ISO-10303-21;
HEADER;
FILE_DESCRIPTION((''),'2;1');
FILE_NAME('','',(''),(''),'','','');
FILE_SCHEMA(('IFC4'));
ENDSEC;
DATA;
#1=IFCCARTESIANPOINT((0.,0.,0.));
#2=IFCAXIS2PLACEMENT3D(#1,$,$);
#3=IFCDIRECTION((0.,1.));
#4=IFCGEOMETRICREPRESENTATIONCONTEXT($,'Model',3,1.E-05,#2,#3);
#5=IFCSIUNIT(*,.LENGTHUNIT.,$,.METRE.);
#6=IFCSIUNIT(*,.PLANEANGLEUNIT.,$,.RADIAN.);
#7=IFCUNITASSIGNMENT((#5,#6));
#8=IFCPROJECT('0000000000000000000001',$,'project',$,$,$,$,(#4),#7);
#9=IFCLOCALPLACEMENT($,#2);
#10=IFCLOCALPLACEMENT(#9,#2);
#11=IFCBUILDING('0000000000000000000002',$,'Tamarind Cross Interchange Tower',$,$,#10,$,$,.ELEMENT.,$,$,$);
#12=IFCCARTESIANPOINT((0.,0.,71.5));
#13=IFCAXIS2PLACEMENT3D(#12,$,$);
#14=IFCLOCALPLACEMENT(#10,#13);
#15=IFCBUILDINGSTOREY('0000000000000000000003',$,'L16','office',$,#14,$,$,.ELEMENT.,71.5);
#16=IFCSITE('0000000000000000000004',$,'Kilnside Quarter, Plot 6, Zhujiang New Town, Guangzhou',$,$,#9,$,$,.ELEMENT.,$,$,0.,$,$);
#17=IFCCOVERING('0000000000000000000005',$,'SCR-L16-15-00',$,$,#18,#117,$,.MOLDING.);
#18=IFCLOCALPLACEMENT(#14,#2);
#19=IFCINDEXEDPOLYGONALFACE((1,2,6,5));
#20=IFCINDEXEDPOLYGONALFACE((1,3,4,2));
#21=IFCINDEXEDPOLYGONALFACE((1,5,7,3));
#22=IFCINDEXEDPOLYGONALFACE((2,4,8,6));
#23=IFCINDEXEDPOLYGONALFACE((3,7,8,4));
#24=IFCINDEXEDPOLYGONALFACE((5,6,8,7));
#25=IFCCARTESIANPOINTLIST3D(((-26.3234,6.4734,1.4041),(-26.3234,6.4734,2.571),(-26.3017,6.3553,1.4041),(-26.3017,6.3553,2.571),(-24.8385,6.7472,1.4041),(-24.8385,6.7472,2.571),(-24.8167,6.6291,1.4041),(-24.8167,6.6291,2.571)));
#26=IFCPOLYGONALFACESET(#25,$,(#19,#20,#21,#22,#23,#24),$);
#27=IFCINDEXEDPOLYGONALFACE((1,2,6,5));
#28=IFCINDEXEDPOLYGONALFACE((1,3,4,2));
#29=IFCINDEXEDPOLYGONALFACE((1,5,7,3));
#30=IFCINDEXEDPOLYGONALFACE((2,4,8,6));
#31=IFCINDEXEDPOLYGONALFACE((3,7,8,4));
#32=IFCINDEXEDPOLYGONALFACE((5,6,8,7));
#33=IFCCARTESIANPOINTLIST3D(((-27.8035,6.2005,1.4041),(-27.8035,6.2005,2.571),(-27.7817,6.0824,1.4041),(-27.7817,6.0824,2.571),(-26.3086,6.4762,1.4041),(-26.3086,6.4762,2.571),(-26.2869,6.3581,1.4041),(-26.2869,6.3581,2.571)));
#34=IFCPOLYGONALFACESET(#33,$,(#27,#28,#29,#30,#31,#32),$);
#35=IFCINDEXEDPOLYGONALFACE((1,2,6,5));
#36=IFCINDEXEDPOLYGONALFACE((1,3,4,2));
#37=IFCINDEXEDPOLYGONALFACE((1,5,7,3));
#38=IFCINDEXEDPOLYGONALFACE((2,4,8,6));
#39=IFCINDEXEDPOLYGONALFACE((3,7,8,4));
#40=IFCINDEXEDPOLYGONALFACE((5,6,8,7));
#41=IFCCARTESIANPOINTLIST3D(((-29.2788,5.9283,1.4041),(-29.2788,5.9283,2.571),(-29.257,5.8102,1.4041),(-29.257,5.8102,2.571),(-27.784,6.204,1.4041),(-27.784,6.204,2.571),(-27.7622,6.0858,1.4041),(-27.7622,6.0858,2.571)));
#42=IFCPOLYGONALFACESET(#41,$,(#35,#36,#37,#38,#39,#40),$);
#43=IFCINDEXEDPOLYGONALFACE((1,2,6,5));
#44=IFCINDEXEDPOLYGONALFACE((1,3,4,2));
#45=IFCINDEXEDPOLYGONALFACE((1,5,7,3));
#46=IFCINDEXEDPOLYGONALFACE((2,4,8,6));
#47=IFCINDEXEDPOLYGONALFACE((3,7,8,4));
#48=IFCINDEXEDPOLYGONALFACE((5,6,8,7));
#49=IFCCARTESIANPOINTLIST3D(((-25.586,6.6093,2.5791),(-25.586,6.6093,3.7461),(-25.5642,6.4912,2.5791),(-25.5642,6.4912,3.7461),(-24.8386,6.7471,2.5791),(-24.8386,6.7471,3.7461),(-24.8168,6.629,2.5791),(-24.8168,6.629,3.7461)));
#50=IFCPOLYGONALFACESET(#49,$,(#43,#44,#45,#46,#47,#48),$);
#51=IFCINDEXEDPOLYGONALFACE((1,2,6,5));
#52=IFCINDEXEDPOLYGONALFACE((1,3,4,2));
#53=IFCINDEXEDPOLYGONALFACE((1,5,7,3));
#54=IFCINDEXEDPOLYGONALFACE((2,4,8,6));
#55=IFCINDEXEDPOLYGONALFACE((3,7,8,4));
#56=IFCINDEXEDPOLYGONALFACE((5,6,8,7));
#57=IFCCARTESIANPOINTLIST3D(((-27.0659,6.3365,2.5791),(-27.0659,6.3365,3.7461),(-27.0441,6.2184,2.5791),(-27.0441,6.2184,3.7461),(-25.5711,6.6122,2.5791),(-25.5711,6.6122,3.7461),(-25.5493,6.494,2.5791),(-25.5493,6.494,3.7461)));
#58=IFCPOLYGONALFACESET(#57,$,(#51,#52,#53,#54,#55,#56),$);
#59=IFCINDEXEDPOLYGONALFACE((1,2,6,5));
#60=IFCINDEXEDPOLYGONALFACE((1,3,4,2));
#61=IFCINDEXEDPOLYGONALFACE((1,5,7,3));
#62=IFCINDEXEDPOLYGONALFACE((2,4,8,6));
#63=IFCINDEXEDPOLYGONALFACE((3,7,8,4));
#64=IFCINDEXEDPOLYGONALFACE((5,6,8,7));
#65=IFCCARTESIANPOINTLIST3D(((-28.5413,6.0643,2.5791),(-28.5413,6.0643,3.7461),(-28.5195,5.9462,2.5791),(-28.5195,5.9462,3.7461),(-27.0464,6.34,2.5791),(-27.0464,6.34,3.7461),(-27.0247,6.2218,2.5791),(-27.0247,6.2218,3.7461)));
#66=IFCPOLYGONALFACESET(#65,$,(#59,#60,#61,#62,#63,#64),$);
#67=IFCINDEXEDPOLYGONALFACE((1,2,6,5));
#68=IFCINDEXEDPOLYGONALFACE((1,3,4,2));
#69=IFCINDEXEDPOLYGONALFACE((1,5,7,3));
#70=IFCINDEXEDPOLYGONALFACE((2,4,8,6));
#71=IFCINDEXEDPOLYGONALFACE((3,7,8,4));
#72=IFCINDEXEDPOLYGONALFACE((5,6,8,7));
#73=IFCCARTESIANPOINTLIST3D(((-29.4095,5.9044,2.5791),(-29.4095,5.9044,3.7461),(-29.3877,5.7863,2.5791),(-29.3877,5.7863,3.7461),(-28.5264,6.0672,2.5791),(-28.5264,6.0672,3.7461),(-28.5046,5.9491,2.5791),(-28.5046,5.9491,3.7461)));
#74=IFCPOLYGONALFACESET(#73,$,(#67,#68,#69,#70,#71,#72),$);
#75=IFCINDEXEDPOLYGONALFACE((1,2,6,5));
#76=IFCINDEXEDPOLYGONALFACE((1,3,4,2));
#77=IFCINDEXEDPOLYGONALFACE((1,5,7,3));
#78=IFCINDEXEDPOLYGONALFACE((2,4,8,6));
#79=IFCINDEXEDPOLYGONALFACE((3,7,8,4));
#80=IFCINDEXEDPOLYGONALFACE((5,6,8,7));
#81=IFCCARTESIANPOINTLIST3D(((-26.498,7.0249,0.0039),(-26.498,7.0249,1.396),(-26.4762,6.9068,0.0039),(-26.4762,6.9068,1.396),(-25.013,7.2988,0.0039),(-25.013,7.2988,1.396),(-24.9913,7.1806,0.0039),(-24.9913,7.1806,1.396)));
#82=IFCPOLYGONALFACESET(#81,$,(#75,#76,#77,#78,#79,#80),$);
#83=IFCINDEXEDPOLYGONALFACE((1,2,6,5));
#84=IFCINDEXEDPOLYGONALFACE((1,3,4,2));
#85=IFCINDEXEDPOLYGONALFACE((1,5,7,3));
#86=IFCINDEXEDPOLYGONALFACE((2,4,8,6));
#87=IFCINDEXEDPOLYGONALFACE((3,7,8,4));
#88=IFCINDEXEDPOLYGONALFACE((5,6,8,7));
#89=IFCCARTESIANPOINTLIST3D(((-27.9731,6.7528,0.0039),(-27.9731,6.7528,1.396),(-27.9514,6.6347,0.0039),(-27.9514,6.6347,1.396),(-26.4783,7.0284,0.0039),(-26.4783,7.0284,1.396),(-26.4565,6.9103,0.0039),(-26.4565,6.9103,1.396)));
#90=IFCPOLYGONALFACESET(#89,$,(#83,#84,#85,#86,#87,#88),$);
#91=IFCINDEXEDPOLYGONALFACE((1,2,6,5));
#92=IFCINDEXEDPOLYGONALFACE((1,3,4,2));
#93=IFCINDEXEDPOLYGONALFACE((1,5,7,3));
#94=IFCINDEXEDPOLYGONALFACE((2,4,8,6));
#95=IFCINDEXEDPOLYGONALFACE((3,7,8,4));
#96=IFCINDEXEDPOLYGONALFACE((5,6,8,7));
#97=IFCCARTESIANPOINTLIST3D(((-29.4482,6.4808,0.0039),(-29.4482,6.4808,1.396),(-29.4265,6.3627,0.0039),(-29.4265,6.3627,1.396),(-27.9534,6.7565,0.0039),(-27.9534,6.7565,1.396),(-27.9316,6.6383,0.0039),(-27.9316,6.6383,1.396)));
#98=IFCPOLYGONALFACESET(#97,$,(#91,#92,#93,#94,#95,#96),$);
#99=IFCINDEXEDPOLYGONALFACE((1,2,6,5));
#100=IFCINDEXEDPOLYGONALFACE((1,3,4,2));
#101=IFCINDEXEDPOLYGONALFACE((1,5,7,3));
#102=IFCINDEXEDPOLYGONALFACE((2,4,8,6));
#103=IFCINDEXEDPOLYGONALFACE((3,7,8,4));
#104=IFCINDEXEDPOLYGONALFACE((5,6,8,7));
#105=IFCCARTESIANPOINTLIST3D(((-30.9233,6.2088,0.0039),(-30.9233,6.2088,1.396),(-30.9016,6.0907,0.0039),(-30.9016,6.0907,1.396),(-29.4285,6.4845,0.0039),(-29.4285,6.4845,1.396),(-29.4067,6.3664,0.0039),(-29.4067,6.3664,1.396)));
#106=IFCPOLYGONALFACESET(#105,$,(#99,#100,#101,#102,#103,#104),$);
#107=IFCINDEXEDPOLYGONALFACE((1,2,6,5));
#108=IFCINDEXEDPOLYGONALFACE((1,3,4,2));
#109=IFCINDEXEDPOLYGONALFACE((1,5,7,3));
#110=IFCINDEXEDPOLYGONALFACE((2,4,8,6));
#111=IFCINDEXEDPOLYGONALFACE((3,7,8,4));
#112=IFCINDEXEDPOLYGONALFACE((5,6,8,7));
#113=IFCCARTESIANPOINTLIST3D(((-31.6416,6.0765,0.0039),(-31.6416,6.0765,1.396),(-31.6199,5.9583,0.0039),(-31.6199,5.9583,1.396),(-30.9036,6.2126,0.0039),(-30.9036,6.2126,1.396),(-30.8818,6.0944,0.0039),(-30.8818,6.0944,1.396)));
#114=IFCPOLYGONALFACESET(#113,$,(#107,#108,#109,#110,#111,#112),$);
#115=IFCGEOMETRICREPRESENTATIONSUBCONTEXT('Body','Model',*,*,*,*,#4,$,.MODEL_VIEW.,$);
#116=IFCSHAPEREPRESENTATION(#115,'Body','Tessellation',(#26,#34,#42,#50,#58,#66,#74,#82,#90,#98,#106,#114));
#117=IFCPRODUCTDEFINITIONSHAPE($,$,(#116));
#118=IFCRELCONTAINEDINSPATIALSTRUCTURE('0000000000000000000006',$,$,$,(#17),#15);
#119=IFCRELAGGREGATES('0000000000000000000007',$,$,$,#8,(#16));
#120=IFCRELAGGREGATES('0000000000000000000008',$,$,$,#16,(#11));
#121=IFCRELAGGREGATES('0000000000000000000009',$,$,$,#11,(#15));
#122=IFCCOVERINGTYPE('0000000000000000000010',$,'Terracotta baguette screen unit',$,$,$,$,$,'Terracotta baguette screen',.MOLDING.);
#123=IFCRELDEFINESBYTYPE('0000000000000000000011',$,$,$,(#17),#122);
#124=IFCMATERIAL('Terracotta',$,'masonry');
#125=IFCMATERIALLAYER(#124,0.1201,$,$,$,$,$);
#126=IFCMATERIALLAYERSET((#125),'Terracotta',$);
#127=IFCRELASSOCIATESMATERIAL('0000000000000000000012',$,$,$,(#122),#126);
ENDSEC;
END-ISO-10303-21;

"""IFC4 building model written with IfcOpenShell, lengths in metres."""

from ifc_helpers import new_model, si_unit, direction, frame, origin, origin_2d, place, context, subcontext, project, spatial, rectangle, extrude, material, layer, layer_set, type_object, element, save


model = new_model("IFC4")

# Units and contexts
model_context = context("Model", 3, precision=1e-05, world=origin(), true_north=direction((0.0, 1.0)))
body_context = subcontext(model_context, "Body", "Model", "MODEL_VIEW")
ifc_project = project(units=[si_unit("LENGTHUNIT", "METRE"), si_unit("PLANEANGLEUNIT", "RADIAN")], contexts=[model_context])

# Site, building, storey
site_placement = place(None, origin())
site = spatial("IfcSite", under=ifc_project, at=site_placement, Name="Kilnside Quarter, Plot 6, Zhujiang New Town, Guangzhou", CompositionType="ELEMENT", RefElevation=0.0)
building_placement = place(site_placement, origin())
building = spatial("IfcBuilding", under=site, at=building_placement, Name="Tamarind Cross Interchange Tower", CompositionType="ELEMENT")
storey_placement = place(building_placement, frame((0.0, 0.0, 71.5)))
storey = spatial("IfcBuildingStorey", under=building, at=storey_placement, Name="L16", Description="office", CompositionType="ELEMENT", Elevation=71.5)

# Covering
ifc_material_1 = material(Name="Terracotta", Category="masonry")
ifc_layer_1 = layer(ifc_material_1, 0.1201)
ifc_layer_set_1 = layer_set([ifc_layer_1], Name="Terracotta")
covering_type = type_object("IfcCoveringType", Name="Terracotta baguette screen unit", ElementType="Terracotta baguette screen", PredefinedType="MOLDING", material=ifc_layer_set_1)
covering_1_placement = place(storey_placement, origin())
element("IfcCovering", 1, at=covering_1_placement, inside=storey, type_object=covering_type, Name="SCR-L16-15-00", PredefinedType="MOLDING", context=body_context, shape_type="SweptSolid", body=[
    extrude(rectangle(XDim=1.51, YDim=0.1201, at=origin_2d()), frame((-25.5701, 6.5513, 1.4041), z_axis=(0.0, 0.0, 1.0), x_axis=(-0.98342, -0.181343, 0.0)), (0.0, 0.0, 1.0), 1.167),
    extrude(rectangle(XDim=1.52, YDim=0.1201, at=origin_2d()), frame((-27.0452, 6.2793, 1.4041), z_axis=(0.0, 0.0, 1.0), x_axis=(-0.98342, -0.181343, 0.0)), (0.0, 0.0, 1.0), 1.167),
    extrude(rectangle(XDim=1.52, YDim=0.1201, at=origin_2d()), frame((-28.5205, 6.0071, 1.4041), z_axis=(0.0, 0.0, 1.0), x_axis=(-0.98342, -0.181343, 0.0)), (0.0, 0.0, 1.0), 1.167),
    extrude(rectangle(XDim=0.76, YDim=0.1201, at=origin_2d()), frame((-25.2014, 6.6191, 2.5791), z_axis=(0.0, 0.0, 1.0), x_axis=(-0.98342, -0.181343, 0.0)), (0.0, 0.0, 1.0), 1.167),
    extrude(rectangle(XDim=1.52, YDim=0.1201, at=origin_2d()), frame((-26.3076, 6.4153, 2.5791), z_axis=(0.0, 0.0, 1.0), x_axis=(-0.98342, -0.181343, 0.0)), (0.0, 0.0, 1.0), 1.167),
    extrude(rectangle(XDim=1.52, YDim=0.1201, at=origin_2d()), frame((-27.783, 6.1431, 2.5791), z_axis=(0.0, 0.0, 1.0), x_axis=(-0.98342, -0.181343, 0.0)), (0.0, 0.0, 1.0), 1.167),
    extrude(rectangle(XDim=0.8979, YDim=0.1201, at=origin_2d()), frame((-28.957, 5.9268, 2.5791), z_axis=(0.0, 0.0, 1.0), x_axis=(-0.98342, -0.181343, 0.0)), (0.0, 0.0, 1.0), 1.167),
    extrude(rectangle(XDim=1.51, YDim=0.1201, at=origin_2d()), frame((-25.7446, 7.1028, 0.0039), z_axis=(0.0, 0.0, 1.0), x_axis=(-0.98342, -0.181343, 0.0)), (0.0, 0.0, 1.0), 1.3921),
    extrude(rectangle(XDim=1.52, YDim=0.1201, at=origin_2d()), frame((-27.2148, 6.8315, 0.0039), z_axis=(0.0, 0.0, 1.0), x_axis=(-0.98342, -0.181343, 0.0)), (0.0, 0.0, 1.0), 1.3921),
    extrude(rectangle(XDim=1.52, YDim=0.1201, at=origin_2d()), frame((-28.6899, 6.5596, 0.0039), z_axis=(0.0, 0.0, 1.0), x_axis=(-0.98342, -0.181343, 0.0)), (0.0, 0.0, 1.0), 1.3921),
    extrude(rectangle(XDim=1.52, YDim=0.1201, at=origin_2d()), frame((-30.165, 6.2876, 0.0039), z_axis=(0.0, 0.0, 1.0), x_axis=(-0.98342, -0.181343, 0.0)), (0.0, 0.0, 1.0), 1.3921),
    extrude(rectangle(XDim=0.7505, YDim=0.1201, at=origin_2d()), frame((-31.2617, 6.0854, 0.0039), z_axis=(0.0, 0.0, 1.0), x_axis=(-0.98342, -0.181343, 0.0)), (0.0, 0.0, 1.0), 1.3921),
])

save(model, "model.ifc")
